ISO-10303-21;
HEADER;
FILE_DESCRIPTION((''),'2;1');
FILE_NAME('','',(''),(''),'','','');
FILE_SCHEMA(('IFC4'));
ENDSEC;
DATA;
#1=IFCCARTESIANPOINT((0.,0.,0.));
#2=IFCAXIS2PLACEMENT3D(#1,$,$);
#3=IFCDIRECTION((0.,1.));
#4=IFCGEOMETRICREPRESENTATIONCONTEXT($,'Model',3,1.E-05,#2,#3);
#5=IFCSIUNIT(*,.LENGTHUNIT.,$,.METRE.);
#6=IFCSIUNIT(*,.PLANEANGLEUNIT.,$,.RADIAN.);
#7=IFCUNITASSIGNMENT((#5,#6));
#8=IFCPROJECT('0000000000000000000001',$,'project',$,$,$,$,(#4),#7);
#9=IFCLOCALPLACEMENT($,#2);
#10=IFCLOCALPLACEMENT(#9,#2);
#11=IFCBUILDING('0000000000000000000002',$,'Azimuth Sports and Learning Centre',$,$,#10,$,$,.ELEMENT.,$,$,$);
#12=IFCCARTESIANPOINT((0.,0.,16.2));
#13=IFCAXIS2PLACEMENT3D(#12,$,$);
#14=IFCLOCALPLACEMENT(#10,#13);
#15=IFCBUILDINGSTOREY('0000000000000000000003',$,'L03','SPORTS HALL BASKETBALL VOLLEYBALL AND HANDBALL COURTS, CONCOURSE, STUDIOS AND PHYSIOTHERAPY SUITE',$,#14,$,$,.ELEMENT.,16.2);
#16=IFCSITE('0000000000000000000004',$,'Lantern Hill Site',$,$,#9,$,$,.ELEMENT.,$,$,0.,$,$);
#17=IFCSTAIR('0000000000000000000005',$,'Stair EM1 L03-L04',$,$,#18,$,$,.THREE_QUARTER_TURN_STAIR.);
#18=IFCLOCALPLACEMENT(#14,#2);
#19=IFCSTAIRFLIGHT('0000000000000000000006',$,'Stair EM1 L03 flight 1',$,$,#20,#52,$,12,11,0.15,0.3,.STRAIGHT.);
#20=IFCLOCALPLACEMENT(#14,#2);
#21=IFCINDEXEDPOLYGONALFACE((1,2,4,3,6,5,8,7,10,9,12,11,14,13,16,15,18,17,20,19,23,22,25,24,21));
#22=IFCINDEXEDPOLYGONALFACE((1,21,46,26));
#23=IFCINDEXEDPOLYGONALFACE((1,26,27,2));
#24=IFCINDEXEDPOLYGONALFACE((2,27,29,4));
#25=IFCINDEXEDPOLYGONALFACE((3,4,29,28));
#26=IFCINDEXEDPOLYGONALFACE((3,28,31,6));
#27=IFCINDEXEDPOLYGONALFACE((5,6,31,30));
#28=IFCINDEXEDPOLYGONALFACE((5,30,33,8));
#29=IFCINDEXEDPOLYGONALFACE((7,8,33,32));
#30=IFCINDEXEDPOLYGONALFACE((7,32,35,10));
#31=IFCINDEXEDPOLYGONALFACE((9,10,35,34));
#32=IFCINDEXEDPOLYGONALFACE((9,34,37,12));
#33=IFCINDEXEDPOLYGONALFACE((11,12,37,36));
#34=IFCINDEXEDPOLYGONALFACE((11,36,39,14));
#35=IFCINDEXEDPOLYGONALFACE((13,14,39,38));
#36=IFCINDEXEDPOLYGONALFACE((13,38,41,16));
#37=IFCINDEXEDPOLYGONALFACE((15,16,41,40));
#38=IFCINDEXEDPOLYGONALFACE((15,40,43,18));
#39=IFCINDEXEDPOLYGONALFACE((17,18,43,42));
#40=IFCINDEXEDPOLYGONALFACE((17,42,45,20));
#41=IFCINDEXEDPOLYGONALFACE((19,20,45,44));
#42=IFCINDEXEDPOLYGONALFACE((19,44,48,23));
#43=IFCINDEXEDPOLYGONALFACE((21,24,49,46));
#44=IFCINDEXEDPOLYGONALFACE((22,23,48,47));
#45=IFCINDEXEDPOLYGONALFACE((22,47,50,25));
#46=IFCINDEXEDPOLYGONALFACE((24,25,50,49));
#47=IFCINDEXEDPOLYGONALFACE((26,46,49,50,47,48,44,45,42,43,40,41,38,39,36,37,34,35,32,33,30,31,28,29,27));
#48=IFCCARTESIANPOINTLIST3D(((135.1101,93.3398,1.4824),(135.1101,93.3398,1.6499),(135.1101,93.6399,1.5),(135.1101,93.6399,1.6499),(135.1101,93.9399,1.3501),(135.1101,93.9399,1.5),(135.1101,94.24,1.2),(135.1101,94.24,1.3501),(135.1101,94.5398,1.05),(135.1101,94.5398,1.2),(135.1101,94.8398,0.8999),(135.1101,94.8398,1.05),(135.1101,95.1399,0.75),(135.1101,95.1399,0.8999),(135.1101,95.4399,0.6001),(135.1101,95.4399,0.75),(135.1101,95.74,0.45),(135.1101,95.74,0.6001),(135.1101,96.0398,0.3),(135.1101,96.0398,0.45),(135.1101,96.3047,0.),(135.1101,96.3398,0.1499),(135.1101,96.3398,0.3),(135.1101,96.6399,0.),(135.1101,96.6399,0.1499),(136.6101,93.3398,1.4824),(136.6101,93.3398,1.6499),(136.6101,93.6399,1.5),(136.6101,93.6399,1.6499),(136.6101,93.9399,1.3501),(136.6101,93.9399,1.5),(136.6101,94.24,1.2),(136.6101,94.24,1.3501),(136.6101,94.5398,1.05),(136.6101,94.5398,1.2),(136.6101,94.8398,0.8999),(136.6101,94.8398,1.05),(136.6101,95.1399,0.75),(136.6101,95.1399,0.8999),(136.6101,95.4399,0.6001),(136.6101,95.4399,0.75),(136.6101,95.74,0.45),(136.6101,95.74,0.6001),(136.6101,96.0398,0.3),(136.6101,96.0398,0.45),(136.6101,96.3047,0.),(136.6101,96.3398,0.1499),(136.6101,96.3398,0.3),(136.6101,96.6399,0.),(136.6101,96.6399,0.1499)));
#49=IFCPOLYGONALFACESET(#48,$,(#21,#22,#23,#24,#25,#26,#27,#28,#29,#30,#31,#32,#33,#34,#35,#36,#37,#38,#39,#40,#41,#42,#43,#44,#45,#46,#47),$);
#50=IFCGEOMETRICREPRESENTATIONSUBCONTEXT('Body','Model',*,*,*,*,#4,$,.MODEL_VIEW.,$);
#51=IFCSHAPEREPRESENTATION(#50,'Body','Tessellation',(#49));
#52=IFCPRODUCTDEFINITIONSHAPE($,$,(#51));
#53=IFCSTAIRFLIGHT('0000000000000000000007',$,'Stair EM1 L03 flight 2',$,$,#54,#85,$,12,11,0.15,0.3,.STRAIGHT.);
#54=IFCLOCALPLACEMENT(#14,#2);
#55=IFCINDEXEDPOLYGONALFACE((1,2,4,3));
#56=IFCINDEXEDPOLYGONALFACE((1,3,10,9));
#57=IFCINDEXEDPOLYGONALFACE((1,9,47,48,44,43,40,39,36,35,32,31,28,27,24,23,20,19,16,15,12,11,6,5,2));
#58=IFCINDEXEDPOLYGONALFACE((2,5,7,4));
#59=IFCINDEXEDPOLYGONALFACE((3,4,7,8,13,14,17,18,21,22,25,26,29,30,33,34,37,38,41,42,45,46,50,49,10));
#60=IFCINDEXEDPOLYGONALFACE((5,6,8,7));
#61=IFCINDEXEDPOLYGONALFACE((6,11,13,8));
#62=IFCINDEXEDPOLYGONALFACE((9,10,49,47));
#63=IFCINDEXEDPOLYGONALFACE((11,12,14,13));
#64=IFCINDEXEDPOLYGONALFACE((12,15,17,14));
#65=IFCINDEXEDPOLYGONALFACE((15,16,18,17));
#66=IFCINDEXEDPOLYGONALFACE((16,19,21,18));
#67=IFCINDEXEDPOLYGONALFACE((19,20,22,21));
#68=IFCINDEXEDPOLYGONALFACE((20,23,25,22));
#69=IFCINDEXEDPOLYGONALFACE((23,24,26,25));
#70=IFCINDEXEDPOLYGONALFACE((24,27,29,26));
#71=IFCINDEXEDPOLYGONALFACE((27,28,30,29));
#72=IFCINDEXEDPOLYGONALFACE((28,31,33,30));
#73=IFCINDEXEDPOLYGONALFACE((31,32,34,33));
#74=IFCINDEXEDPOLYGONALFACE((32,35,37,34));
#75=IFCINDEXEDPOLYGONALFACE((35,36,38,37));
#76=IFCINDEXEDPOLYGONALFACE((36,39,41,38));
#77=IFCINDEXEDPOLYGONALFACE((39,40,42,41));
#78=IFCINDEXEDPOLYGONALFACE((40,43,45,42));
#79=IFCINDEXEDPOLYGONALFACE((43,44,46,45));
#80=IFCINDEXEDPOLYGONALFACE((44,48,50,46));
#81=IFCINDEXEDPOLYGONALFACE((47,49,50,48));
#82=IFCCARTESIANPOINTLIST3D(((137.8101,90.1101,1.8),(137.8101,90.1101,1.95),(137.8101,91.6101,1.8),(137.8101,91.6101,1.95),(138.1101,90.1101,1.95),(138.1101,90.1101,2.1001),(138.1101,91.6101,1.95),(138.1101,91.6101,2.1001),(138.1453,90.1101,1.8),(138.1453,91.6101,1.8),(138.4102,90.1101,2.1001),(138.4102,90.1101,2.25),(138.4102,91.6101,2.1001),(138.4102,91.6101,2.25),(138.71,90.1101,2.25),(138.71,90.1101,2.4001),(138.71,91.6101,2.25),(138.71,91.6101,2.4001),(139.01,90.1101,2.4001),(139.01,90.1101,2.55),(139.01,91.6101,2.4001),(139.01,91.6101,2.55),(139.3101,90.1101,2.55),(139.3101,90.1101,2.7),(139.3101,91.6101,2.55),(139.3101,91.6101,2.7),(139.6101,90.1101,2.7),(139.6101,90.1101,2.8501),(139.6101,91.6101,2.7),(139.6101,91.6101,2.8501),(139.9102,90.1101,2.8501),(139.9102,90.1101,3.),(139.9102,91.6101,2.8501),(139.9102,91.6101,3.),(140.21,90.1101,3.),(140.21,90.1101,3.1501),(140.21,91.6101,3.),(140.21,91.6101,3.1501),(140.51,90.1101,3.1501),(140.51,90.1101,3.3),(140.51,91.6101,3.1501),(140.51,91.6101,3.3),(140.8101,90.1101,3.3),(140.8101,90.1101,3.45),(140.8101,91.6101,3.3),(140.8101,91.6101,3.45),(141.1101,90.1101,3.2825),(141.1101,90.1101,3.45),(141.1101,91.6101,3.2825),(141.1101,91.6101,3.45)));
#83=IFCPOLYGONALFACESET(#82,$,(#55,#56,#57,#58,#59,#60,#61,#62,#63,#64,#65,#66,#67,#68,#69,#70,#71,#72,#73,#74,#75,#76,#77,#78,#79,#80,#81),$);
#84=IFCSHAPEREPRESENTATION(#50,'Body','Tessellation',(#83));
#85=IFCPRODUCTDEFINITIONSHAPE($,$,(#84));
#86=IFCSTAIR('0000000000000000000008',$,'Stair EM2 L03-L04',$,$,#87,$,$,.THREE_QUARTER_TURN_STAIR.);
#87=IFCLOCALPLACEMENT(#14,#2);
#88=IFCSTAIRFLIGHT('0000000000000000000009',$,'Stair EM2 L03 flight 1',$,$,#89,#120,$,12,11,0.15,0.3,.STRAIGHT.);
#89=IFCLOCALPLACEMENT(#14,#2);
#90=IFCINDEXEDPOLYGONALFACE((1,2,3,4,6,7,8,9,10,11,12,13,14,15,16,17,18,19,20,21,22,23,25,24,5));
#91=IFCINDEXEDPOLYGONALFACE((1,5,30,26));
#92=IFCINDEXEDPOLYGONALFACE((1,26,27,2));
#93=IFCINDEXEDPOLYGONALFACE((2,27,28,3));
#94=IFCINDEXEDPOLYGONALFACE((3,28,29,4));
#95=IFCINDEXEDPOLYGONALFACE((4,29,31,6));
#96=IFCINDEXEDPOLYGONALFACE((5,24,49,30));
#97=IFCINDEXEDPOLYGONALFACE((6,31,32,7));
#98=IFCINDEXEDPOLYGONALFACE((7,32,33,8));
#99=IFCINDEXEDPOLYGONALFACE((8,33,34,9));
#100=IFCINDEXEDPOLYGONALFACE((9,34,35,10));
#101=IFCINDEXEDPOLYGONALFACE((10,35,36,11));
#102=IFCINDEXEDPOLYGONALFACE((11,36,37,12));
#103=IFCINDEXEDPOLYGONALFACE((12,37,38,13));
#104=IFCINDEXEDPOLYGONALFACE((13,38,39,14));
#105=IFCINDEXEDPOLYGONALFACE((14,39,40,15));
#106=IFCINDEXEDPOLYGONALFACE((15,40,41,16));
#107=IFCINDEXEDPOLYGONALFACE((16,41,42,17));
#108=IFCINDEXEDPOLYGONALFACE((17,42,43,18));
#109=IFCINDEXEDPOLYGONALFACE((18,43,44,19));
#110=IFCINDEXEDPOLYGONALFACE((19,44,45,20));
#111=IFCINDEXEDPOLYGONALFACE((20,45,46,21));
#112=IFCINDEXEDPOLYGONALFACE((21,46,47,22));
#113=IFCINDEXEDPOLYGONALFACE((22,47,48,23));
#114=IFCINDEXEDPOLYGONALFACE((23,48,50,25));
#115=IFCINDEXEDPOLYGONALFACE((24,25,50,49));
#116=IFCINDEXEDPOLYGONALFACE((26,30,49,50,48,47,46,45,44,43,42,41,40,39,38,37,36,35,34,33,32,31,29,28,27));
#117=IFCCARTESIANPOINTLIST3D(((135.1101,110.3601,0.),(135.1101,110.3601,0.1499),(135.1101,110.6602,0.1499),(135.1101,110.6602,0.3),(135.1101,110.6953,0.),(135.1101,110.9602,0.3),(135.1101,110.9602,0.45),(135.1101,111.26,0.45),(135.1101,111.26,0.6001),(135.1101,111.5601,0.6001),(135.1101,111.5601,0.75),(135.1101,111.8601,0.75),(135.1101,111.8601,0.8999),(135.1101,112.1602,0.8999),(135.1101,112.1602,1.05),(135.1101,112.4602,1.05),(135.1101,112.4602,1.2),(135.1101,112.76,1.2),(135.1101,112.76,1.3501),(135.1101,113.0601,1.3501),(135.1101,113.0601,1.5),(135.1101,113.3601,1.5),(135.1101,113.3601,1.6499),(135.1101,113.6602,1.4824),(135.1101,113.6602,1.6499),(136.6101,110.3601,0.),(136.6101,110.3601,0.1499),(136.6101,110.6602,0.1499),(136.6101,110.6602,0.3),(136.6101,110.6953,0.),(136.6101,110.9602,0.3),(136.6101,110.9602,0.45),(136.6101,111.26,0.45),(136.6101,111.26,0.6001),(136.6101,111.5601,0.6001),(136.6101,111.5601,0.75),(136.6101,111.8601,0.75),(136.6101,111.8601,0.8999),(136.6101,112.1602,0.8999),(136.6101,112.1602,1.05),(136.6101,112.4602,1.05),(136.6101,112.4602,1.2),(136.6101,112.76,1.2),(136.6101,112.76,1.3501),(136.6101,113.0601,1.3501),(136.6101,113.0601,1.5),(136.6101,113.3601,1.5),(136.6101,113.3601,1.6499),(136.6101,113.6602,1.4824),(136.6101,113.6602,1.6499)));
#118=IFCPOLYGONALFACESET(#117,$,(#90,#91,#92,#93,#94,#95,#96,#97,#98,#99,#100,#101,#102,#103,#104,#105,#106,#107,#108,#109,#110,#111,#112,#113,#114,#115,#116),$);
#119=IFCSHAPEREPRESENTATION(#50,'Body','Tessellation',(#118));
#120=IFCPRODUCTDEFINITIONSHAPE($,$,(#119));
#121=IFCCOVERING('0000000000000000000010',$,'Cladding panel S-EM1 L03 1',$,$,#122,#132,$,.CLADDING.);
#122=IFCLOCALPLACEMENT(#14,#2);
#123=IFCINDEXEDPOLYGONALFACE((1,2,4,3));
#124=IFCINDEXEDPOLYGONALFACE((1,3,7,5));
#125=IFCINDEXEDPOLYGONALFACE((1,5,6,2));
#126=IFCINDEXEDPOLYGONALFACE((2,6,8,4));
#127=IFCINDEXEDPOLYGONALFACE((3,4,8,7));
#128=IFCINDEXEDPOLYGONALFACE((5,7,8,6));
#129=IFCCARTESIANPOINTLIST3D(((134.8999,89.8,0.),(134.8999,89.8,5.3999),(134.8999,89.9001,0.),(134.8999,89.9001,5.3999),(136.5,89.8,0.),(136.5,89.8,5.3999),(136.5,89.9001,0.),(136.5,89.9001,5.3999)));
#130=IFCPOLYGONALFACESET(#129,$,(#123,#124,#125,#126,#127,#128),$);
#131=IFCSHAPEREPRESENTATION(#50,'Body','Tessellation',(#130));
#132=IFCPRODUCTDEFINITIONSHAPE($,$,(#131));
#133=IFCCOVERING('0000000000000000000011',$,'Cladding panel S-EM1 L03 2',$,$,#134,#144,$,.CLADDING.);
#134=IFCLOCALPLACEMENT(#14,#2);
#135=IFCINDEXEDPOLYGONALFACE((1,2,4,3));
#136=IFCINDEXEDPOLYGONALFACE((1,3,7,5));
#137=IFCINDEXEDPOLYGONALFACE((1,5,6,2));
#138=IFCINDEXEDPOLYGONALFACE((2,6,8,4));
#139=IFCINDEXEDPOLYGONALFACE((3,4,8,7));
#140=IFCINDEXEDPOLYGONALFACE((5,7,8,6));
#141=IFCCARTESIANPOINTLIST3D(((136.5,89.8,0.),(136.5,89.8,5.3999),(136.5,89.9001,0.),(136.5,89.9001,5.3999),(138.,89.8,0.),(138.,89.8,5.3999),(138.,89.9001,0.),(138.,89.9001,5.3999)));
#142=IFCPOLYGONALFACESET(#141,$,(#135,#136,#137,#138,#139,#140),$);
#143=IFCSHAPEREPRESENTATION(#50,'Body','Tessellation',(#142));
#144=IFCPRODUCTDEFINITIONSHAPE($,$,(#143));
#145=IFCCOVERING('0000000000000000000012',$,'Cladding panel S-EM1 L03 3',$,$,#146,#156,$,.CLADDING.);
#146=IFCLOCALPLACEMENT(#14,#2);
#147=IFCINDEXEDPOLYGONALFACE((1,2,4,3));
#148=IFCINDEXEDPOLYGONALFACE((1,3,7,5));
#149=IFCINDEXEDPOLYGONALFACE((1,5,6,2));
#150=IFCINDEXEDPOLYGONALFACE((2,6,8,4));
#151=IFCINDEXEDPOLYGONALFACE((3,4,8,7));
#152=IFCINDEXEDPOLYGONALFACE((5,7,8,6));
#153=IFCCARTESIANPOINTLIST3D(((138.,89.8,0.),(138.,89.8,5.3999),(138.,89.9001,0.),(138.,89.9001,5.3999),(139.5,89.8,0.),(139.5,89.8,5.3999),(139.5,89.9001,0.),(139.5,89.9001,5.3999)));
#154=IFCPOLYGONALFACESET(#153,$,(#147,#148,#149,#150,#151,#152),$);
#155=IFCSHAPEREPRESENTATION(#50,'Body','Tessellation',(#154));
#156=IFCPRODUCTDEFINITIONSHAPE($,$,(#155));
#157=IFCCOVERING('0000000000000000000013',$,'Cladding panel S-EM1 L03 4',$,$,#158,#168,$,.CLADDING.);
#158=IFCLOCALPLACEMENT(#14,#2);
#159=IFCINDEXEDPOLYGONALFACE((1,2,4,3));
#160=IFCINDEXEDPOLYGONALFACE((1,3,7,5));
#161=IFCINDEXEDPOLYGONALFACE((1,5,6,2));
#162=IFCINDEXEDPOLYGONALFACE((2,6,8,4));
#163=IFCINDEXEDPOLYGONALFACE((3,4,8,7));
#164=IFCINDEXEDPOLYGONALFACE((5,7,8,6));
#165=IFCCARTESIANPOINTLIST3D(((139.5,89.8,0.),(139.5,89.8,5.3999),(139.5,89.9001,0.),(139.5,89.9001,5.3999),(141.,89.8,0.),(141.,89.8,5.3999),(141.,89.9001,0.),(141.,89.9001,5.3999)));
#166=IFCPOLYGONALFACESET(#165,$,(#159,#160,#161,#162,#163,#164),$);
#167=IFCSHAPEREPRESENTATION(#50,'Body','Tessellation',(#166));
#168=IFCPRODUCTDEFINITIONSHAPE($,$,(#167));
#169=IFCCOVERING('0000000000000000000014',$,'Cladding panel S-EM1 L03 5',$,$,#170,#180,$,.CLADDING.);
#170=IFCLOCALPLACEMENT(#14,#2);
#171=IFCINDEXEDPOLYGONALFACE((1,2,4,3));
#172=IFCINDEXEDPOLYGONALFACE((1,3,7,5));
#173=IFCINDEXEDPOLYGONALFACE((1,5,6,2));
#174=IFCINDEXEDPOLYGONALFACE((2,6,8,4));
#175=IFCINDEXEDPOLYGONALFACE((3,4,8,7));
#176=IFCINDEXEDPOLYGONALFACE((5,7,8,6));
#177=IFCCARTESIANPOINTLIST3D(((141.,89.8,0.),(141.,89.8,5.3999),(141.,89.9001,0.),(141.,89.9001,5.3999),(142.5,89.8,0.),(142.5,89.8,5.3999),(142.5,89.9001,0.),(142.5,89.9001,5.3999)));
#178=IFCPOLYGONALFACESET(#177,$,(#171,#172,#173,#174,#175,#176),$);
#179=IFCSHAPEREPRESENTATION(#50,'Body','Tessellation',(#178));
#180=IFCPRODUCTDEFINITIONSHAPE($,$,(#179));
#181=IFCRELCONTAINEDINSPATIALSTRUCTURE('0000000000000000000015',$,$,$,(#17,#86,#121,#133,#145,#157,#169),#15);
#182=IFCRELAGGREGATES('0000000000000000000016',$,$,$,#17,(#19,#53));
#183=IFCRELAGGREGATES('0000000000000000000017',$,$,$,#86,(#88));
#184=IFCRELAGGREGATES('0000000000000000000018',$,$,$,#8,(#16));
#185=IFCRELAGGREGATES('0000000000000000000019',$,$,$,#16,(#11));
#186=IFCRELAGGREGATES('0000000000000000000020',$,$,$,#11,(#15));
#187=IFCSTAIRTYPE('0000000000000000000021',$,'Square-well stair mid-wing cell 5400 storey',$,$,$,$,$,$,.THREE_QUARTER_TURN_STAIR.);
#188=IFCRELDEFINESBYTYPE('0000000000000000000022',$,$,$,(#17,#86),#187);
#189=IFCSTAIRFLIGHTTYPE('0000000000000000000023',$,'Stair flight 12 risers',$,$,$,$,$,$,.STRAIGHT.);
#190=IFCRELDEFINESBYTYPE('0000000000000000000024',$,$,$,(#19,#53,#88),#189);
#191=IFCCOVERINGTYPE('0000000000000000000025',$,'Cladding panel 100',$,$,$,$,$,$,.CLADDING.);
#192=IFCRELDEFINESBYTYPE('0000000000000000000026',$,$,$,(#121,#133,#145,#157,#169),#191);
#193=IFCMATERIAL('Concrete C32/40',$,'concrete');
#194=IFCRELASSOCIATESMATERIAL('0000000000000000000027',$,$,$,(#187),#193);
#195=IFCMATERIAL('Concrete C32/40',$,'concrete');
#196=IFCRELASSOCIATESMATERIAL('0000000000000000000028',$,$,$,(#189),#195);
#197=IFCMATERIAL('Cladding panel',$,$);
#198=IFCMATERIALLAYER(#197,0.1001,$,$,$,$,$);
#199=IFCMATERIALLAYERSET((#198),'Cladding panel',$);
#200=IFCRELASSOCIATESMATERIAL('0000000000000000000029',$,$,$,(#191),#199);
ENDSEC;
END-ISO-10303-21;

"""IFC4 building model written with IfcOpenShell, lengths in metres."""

from ifc_helpers import new_model, si_unit, direction, frame, origin, origin_2d, place, context, subcontext, project, spatial, polyline, rectangle, outline, extrude, material, layer, layer_set, type_object, element, aggregate, save


model = new_model("IFC4")

# Units and contexts
model_context = context("Model", 3, precision=1e-05, world=origin(), true_north=direction((0.0, 1.0)))
body_context = subcontext(model_context, "Body", "Model", "MODEL_VIEW")
ifc_project = project(units=[si_unit("LENGTHUNIT", "METRE"), si_unit("PLANEANGLEUNIT", "RADIAN")], contexts=[model_context])

# Site, building, storey
site_placement = place(None, origin())
site = spatial("IfcSite", under=ifc_project, at=site_placement, Name="Lantern Hill Site", CompositionType="ELEMENT", RefElevation=0.0)
building_placement = place(site_placement, origin())
building = spatial("IfcBuilding", under=site, at=building_placement, Name="Azimuth Sports and Learning Centre", CompositionType="ELEMENT")
storey_placement = place(building_placement, frame((0.0, 0.0, 16.2)))
storey = spatial("IfcBuildingStorey", under=building, at=storey_placement, Name="L03", Description="SPORTS HALL BASKETBALL VOLLEYBALL AND HANDBALL COURTS, CONCOURSE, STUDIOS AND PHYSIOTHERAPY SUITE", CompositionType="ELEMENT", Elevation=16.2)

# Stair, stair flights
ifc_material_1 = material(Name="Concrete C32/40", Category="concrete")
stair_type = type_object("IfcStairType", Name="Square-well stair mid-wing cell 5400 storey", PredefinedType="THREE_QUARTER_TURN_STAIR", material=ifc_material_1)
stair_1_placement = place(storey_placement, origin())
stair_1 = element("IfcStair", 1, at=stair_1_placement, inside=storey, type_object=stair_type, Name="Stair EM1 L03-L04", PredefinedType="THREE_QUARTER_TURN_STAIR")
ifc_material_2 = material(Name="Concrete C32/40", Category="concrete")
stair_flight_type = type_object("IfcStairFlightType", Name="Stair flight 12 risers", PredefinedType="STRAIGHT", material=ifc_material_2)
stair_flight_1_placement = place(storey_placement, frame((135.8601, 96.6399, 0.0), z_axis=(0.0, 0.0, 1.0), x_axis=(0.0, -1.0, 0.0)))
stair_flight_1 = element("IfcStairFlight", 2, at=stair_flight_1_placement, type_object=stair_flight_type, Name="Stair EM1 L03 flight 1", NumberOfRisers=12, NumberOfTreads=11, PredefinedType="STRAIGHT", RiserHeight=0.15, TreadLength=0.3, context=body_context, shape_type="SweptSolid", body=[
    extrude(outline(polyline([(0.0, 0.0), (0.0, 0.1499), (0.3, 0.1499), (0.3, 0.3), (0.6001, 0.3), (0.6001, 0.45), (0.8999, 0.45), (0.8999, 0.6001), (1.2, 0.6001), (1.2, 0.75), (1.5, 0.75), (1.5, 0.8999), (1.8, 0.8999), (1.8, 1.05), (2.1001, 1.05), (2.1001, 1.2), (2.3999, 1.2), (2.3999, 1.3501), (2.7, 1.3501), (2.7, 1.5), (3.0, 1.5), (3.0, 1.6499), (3.3, 1.6499), (3.3, 1.8), (3.3, 1.4824), (0.3352, 0.0), (0.0, 0.0)])), frame((0.0, 0.75, 0.0), z_axis=(0.0, -1.0, 0.0), x_axis=(1.0, 0.0, 0.0)), (0.0, 0.0, 1.0), 1.5),
])
stair_flight_2_placement = place(storey_placement, frame((137.8101, 90.8601, 1.8), z_axis=(0.0, 0.0, 1.0), x_axis=(1.0, 0.0, 0.0)))
stair_flight_2 = element("IfcStairFlight", 3, at=stair_flight_2_placement, type_object=stair_flight_type, Name="Stair EM1 L03 flight 2", NumberOfRisers=12, NumberOfTreads=11, PredefinedType="STRAIGHT", RiserHeight=0.15, TreadLength=0.3, context=body_context, shape_type="SweptSolid", body=[
    extrude(outline(polyline([(0.0, 0.0), (0.0, 0.1499), (0.3, 0.1499), (0.3, 0.3), (0.6001, 0.3), (0.6001, 0.45), (0.8999, 0.45), (0.8999, 0.6001), (1.2, 0.6001), (1.2, 0.75), (1.5, 0.75), (1.5, 0.8999), (1.8, 0.8999), (1.8, 1.05), (2.1001, 1.05), (2.1001, 1.2), (2.3999, 1.2), (2.3999, 1.3501), (2.7, 1.3501), (2.7, 1.5), (3.0, 1.5), (3.0, 1.6499), (3.3, 1.6499), (3.3, 1.8), (3.3, 1.4824), (0.3352, 0.0), (0.0, 0.0)])), frame((0.0, 0.75, 0.0), z_axis=(0.0, -1.0, 0.0), x_axis=(1.0, 0.0, 0.0)), (0.0, 0.0, 1.0), 1.5),
])
aggregate(stair_1, [stair_flight_1, stair_flight_2])

# Stair, stair flight
stair_2_placement = place(storey_placement, origin())
stair_2 = element("IfcStair", 4, at=stair_2_placement, inside=storey, type_object=stair_type, Name="Stair EM2 L03-L04", PredefinedType="THREE_QUARTER_TURN_STAIR")
stair_flight_3_placement = place(storey_placement, frame((135.8601, 110.3601, 0.0), z_axis=(0.0, 0.0, 1.0), x_axis=(0.0, 1.0, 0.0)))
stair_flight_3 = element("IfcStairFlight", 5, at=stair_flight_3_placement, type_object=stair_flight_type, Name="Stair EM2 L03 flight 1", NumberOfRisers=12, NumberOfTreads=11, PredefinedType="STRAIGHT", RiserHeight=0.15, TreadLength=0.3, context=body_context, shape_type="SweptSolid", body=[
    extrude(outline(polyline([(0.0, 0.0), (0.0, 0.1499), (0.3, 0.1499), (0.3, 0.3), (0.6001, 0.3), (0.6001, 0.45), (0.8999, 0.45), (0.8999, 0.6001), (1.2, 0.6001), (1.2, 0.75), (1.5, 0.75), (1.5, 0.8999), (1.8, 0.8999), (1.8, 1.05), (2.1001, 1.05), (2.1001, 1.2), (2.3999, 1.2), (2.3999, 1.3501), (2.7, 1.3501), (2.7, 1.5), (3.0, 1.5), (3.0, 1.6499), (3.3, 1.6499), (3.3, 1.8), (3.3, 1.4824), (0.3352, 0.0), (0.0, 0.0)])), frame((0.0, 0.75, 0.0), z_axis=(0.0, -1.0, 0.0), x_axis=(1.0, 0.0, 0.0)), (0.0, 0.0, 1.0), 1.5),
])
aggregate(stair_2, [stair_flight_3])

# Coverings
ifc_material_3 = material(Name="Cladding panel")
ifc_layer_1 = layer(ifc_material_3, 0.1001)
ifc_layer_set_1 = layer_set([ifc_layer_1], Name="Cladding panel")
covering_type = type_object("IfcCoveringType", Name="Cladding panel 100", PredefinedType="CLADDING", material=ifc_layer_set_1)
covering_placement = place(storey_placement, frame((135.7, 89.8501, 0.0), z_axis=(0.0, 0.0, 1.0), x_axis=(1.0, 0.0, 0.0)))
element("IfcCovering", 6, at=covering_placement, inside=storey, type_object=covering_type, Name="Cladding panel S-EM1 L03 1", PredefinedType="CLADDING", context=body_context, shape_type="SweptSolid", body=[
    extrude(rectangle(XDim=1.6001, YDim=0.1001, at=origin_2d()), origin(), (0.0, 0.0, 1.0), 5.3999),
])
for number, where, z_axis, x_axis, name in (
    (7, (137.25, 89.8501, 0.0), (0.0, 0.0, 1.0), (1.0, 0.0, 0.0), "Cladding panel S-EM1 L03 2"),
    (8, (138.75, 89.8501, 0.0), (0.0, 0.0, 1.0), (1.0, 0.0, 0.0), "Cladding panel S-EM1 L03 3"),
    (9, (140.25, 89.8501, 0.0), (0.0, 0.0, 1.0), (1.0, 0.0, 0.0), "Cladding panel S-EM1 L03 4"),
    (10, (141.75, 89.8501, 0.0), (0.0, 0.0, 1.0), (1.0, 0.0, 0.0), "Cladding panel S-EM1 L03 5"),
):
    element("IfcCovering", number, at=place(storey_placement, frame(where, z_axis=z_axis, x_axis=x_axis)), inside=storey, type_object=covering_type, Name=name, PredefinedType="CLADDING", context=body_context, shape_type="SweptSolid", body=[
        extrude(rectangle(XDim=1.5, YDim=0.1001, at=origin_2d()), origin(), (0.0, 0.0, 1.0), 5.3999),
    ])

save(model, "model.ifc")
